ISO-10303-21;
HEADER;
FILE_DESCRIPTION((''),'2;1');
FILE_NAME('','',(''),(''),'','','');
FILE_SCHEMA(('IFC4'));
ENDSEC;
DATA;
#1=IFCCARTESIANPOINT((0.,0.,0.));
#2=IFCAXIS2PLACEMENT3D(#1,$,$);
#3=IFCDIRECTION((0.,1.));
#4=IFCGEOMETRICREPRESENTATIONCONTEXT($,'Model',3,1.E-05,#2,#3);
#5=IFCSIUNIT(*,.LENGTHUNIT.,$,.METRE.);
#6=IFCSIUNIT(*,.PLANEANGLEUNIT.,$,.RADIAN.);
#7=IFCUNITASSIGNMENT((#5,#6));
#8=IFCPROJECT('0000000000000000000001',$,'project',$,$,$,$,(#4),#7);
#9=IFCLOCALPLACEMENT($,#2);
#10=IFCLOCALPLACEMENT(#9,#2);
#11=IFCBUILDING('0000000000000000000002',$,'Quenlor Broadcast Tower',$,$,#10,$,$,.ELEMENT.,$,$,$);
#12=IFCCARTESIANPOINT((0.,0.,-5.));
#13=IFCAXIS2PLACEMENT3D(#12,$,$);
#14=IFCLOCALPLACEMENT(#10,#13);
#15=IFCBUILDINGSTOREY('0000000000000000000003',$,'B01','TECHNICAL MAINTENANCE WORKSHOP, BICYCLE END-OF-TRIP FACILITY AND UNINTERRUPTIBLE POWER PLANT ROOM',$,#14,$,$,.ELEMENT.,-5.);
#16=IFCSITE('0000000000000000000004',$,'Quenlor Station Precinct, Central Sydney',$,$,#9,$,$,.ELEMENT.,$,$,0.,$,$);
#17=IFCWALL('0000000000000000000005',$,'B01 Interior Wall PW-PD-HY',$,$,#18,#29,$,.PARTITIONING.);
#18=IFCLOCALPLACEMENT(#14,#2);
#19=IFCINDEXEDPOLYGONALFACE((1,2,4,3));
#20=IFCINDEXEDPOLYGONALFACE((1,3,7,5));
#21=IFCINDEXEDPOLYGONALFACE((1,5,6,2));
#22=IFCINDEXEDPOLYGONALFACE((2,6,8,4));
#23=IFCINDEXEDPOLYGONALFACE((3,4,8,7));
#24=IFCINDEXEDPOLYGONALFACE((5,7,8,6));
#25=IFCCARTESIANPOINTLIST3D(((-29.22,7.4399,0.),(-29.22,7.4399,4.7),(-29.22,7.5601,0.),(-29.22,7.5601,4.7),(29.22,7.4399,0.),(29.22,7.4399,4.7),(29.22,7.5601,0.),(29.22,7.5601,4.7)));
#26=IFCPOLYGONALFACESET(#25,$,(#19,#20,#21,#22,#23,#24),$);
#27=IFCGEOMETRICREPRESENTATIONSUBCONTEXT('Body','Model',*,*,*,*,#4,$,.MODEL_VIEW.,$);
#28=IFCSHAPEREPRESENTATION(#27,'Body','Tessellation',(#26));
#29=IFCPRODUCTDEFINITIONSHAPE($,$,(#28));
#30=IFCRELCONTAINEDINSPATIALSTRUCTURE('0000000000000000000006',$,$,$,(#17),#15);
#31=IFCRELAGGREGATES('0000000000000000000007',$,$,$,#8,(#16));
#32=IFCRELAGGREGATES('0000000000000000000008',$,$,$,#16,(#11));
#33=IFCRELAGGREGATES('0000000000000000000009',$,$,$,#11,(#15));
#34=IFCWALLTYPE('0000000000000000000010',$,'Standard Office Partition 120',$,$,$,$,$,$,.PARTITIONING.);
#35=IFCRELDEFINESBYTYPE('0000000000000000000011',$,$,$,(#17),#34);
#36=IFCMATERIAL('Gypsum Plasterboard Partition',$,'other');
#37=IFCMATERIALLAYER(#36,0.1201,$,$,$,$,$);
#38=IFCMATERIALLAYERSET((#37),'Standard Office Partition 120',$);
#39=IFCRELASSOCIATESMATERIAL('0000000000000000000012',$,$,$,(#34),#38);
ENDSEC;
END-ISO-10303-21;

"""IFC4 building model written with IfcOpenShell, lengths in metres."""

from ifc_helpers import new_model, si_unit, direction, frame, frame_2d, origin, place, context, subcontext, project, spatial, rectangle, extrude, material, layer, layer_set, type_object, element, save


model = new_model("IFC4")

# Units and contexts
model_context = context("Model", 3, precision=1e-05, world=origin(), true_north=direction((0.0, 1.0)))
body_context = subcontext(model_context, "Body", "Model", "MODEL_VIEW")
ifc_project = project(units=[si_unit("LENGTHUNIT", "METRE"), si_unit("PLANEANGLEUNIT", "RADIAN")], contexts=[model_context])

# Site, building, storey
site_placement = place(None, origin())
site = spatial("IfcSite", under=ifc_project, at=site_placement, Name="Quenlor Station Precinct, Central Sydney", CompositionType="ELEMENT", RefElevation=0.0)
building_placement = place(site_placement, origin())
building = spatial("IfcBuilding", under=site, at=building_placement, Name="Quenlor Broadcast Tower", CompositionType="ELEMENT")
storey_placement = place(building_placement, frame((0.0, 0.0, -5.0)))
storey = spatial("IfcBuildingStorey", under=building, at=storey_placement, Name="B01", Description="TECHNICAL MAINTENANCE WORKSHOP, BICYCLE END-OF-TRIP FACILITY AND UNINTERRUPTIBLE POWER PLANT ROOM", CompositionType="ELEMENT", Elevation=-5.0)

# Wall
ifc_material_1 = material(Name="Gypsum Plasterboard Partition", Category="other")
ifc_layer = layer(ifc_material_1, 0.1201)
ifc_layer_set = layer_set([ifc_layer], Name="Standard Office Partition 120")
wall_type = type_object("IfcWallType", Name="Standard Office Partition 120", PredefinedType="PARTITIONING", material=ifc_layer_set)
wall_placement = place(storey_placement, frame((-29.22, 7.5, 0.0), z_axis=(0.0, 0.0, 1.0), x_axis=(1.0, 0.0, 0.0)))
element("IfcWall", 1, at=wall_placement, inside=storey, type_object=wall_type, Name="B01 Interior Wall PW-PD-HY", PredefinedType="PARTITIONING", context=body_context, shape_type="SweptSolid", body=[
    extrude(rectangle(XDim=58.4399, YDim=0.1201, at=frame_2d((29.22, 0.0))), origin(), (0.0, 0.0, 1.0), 4.7),
])

save(model, "model.ifc")
